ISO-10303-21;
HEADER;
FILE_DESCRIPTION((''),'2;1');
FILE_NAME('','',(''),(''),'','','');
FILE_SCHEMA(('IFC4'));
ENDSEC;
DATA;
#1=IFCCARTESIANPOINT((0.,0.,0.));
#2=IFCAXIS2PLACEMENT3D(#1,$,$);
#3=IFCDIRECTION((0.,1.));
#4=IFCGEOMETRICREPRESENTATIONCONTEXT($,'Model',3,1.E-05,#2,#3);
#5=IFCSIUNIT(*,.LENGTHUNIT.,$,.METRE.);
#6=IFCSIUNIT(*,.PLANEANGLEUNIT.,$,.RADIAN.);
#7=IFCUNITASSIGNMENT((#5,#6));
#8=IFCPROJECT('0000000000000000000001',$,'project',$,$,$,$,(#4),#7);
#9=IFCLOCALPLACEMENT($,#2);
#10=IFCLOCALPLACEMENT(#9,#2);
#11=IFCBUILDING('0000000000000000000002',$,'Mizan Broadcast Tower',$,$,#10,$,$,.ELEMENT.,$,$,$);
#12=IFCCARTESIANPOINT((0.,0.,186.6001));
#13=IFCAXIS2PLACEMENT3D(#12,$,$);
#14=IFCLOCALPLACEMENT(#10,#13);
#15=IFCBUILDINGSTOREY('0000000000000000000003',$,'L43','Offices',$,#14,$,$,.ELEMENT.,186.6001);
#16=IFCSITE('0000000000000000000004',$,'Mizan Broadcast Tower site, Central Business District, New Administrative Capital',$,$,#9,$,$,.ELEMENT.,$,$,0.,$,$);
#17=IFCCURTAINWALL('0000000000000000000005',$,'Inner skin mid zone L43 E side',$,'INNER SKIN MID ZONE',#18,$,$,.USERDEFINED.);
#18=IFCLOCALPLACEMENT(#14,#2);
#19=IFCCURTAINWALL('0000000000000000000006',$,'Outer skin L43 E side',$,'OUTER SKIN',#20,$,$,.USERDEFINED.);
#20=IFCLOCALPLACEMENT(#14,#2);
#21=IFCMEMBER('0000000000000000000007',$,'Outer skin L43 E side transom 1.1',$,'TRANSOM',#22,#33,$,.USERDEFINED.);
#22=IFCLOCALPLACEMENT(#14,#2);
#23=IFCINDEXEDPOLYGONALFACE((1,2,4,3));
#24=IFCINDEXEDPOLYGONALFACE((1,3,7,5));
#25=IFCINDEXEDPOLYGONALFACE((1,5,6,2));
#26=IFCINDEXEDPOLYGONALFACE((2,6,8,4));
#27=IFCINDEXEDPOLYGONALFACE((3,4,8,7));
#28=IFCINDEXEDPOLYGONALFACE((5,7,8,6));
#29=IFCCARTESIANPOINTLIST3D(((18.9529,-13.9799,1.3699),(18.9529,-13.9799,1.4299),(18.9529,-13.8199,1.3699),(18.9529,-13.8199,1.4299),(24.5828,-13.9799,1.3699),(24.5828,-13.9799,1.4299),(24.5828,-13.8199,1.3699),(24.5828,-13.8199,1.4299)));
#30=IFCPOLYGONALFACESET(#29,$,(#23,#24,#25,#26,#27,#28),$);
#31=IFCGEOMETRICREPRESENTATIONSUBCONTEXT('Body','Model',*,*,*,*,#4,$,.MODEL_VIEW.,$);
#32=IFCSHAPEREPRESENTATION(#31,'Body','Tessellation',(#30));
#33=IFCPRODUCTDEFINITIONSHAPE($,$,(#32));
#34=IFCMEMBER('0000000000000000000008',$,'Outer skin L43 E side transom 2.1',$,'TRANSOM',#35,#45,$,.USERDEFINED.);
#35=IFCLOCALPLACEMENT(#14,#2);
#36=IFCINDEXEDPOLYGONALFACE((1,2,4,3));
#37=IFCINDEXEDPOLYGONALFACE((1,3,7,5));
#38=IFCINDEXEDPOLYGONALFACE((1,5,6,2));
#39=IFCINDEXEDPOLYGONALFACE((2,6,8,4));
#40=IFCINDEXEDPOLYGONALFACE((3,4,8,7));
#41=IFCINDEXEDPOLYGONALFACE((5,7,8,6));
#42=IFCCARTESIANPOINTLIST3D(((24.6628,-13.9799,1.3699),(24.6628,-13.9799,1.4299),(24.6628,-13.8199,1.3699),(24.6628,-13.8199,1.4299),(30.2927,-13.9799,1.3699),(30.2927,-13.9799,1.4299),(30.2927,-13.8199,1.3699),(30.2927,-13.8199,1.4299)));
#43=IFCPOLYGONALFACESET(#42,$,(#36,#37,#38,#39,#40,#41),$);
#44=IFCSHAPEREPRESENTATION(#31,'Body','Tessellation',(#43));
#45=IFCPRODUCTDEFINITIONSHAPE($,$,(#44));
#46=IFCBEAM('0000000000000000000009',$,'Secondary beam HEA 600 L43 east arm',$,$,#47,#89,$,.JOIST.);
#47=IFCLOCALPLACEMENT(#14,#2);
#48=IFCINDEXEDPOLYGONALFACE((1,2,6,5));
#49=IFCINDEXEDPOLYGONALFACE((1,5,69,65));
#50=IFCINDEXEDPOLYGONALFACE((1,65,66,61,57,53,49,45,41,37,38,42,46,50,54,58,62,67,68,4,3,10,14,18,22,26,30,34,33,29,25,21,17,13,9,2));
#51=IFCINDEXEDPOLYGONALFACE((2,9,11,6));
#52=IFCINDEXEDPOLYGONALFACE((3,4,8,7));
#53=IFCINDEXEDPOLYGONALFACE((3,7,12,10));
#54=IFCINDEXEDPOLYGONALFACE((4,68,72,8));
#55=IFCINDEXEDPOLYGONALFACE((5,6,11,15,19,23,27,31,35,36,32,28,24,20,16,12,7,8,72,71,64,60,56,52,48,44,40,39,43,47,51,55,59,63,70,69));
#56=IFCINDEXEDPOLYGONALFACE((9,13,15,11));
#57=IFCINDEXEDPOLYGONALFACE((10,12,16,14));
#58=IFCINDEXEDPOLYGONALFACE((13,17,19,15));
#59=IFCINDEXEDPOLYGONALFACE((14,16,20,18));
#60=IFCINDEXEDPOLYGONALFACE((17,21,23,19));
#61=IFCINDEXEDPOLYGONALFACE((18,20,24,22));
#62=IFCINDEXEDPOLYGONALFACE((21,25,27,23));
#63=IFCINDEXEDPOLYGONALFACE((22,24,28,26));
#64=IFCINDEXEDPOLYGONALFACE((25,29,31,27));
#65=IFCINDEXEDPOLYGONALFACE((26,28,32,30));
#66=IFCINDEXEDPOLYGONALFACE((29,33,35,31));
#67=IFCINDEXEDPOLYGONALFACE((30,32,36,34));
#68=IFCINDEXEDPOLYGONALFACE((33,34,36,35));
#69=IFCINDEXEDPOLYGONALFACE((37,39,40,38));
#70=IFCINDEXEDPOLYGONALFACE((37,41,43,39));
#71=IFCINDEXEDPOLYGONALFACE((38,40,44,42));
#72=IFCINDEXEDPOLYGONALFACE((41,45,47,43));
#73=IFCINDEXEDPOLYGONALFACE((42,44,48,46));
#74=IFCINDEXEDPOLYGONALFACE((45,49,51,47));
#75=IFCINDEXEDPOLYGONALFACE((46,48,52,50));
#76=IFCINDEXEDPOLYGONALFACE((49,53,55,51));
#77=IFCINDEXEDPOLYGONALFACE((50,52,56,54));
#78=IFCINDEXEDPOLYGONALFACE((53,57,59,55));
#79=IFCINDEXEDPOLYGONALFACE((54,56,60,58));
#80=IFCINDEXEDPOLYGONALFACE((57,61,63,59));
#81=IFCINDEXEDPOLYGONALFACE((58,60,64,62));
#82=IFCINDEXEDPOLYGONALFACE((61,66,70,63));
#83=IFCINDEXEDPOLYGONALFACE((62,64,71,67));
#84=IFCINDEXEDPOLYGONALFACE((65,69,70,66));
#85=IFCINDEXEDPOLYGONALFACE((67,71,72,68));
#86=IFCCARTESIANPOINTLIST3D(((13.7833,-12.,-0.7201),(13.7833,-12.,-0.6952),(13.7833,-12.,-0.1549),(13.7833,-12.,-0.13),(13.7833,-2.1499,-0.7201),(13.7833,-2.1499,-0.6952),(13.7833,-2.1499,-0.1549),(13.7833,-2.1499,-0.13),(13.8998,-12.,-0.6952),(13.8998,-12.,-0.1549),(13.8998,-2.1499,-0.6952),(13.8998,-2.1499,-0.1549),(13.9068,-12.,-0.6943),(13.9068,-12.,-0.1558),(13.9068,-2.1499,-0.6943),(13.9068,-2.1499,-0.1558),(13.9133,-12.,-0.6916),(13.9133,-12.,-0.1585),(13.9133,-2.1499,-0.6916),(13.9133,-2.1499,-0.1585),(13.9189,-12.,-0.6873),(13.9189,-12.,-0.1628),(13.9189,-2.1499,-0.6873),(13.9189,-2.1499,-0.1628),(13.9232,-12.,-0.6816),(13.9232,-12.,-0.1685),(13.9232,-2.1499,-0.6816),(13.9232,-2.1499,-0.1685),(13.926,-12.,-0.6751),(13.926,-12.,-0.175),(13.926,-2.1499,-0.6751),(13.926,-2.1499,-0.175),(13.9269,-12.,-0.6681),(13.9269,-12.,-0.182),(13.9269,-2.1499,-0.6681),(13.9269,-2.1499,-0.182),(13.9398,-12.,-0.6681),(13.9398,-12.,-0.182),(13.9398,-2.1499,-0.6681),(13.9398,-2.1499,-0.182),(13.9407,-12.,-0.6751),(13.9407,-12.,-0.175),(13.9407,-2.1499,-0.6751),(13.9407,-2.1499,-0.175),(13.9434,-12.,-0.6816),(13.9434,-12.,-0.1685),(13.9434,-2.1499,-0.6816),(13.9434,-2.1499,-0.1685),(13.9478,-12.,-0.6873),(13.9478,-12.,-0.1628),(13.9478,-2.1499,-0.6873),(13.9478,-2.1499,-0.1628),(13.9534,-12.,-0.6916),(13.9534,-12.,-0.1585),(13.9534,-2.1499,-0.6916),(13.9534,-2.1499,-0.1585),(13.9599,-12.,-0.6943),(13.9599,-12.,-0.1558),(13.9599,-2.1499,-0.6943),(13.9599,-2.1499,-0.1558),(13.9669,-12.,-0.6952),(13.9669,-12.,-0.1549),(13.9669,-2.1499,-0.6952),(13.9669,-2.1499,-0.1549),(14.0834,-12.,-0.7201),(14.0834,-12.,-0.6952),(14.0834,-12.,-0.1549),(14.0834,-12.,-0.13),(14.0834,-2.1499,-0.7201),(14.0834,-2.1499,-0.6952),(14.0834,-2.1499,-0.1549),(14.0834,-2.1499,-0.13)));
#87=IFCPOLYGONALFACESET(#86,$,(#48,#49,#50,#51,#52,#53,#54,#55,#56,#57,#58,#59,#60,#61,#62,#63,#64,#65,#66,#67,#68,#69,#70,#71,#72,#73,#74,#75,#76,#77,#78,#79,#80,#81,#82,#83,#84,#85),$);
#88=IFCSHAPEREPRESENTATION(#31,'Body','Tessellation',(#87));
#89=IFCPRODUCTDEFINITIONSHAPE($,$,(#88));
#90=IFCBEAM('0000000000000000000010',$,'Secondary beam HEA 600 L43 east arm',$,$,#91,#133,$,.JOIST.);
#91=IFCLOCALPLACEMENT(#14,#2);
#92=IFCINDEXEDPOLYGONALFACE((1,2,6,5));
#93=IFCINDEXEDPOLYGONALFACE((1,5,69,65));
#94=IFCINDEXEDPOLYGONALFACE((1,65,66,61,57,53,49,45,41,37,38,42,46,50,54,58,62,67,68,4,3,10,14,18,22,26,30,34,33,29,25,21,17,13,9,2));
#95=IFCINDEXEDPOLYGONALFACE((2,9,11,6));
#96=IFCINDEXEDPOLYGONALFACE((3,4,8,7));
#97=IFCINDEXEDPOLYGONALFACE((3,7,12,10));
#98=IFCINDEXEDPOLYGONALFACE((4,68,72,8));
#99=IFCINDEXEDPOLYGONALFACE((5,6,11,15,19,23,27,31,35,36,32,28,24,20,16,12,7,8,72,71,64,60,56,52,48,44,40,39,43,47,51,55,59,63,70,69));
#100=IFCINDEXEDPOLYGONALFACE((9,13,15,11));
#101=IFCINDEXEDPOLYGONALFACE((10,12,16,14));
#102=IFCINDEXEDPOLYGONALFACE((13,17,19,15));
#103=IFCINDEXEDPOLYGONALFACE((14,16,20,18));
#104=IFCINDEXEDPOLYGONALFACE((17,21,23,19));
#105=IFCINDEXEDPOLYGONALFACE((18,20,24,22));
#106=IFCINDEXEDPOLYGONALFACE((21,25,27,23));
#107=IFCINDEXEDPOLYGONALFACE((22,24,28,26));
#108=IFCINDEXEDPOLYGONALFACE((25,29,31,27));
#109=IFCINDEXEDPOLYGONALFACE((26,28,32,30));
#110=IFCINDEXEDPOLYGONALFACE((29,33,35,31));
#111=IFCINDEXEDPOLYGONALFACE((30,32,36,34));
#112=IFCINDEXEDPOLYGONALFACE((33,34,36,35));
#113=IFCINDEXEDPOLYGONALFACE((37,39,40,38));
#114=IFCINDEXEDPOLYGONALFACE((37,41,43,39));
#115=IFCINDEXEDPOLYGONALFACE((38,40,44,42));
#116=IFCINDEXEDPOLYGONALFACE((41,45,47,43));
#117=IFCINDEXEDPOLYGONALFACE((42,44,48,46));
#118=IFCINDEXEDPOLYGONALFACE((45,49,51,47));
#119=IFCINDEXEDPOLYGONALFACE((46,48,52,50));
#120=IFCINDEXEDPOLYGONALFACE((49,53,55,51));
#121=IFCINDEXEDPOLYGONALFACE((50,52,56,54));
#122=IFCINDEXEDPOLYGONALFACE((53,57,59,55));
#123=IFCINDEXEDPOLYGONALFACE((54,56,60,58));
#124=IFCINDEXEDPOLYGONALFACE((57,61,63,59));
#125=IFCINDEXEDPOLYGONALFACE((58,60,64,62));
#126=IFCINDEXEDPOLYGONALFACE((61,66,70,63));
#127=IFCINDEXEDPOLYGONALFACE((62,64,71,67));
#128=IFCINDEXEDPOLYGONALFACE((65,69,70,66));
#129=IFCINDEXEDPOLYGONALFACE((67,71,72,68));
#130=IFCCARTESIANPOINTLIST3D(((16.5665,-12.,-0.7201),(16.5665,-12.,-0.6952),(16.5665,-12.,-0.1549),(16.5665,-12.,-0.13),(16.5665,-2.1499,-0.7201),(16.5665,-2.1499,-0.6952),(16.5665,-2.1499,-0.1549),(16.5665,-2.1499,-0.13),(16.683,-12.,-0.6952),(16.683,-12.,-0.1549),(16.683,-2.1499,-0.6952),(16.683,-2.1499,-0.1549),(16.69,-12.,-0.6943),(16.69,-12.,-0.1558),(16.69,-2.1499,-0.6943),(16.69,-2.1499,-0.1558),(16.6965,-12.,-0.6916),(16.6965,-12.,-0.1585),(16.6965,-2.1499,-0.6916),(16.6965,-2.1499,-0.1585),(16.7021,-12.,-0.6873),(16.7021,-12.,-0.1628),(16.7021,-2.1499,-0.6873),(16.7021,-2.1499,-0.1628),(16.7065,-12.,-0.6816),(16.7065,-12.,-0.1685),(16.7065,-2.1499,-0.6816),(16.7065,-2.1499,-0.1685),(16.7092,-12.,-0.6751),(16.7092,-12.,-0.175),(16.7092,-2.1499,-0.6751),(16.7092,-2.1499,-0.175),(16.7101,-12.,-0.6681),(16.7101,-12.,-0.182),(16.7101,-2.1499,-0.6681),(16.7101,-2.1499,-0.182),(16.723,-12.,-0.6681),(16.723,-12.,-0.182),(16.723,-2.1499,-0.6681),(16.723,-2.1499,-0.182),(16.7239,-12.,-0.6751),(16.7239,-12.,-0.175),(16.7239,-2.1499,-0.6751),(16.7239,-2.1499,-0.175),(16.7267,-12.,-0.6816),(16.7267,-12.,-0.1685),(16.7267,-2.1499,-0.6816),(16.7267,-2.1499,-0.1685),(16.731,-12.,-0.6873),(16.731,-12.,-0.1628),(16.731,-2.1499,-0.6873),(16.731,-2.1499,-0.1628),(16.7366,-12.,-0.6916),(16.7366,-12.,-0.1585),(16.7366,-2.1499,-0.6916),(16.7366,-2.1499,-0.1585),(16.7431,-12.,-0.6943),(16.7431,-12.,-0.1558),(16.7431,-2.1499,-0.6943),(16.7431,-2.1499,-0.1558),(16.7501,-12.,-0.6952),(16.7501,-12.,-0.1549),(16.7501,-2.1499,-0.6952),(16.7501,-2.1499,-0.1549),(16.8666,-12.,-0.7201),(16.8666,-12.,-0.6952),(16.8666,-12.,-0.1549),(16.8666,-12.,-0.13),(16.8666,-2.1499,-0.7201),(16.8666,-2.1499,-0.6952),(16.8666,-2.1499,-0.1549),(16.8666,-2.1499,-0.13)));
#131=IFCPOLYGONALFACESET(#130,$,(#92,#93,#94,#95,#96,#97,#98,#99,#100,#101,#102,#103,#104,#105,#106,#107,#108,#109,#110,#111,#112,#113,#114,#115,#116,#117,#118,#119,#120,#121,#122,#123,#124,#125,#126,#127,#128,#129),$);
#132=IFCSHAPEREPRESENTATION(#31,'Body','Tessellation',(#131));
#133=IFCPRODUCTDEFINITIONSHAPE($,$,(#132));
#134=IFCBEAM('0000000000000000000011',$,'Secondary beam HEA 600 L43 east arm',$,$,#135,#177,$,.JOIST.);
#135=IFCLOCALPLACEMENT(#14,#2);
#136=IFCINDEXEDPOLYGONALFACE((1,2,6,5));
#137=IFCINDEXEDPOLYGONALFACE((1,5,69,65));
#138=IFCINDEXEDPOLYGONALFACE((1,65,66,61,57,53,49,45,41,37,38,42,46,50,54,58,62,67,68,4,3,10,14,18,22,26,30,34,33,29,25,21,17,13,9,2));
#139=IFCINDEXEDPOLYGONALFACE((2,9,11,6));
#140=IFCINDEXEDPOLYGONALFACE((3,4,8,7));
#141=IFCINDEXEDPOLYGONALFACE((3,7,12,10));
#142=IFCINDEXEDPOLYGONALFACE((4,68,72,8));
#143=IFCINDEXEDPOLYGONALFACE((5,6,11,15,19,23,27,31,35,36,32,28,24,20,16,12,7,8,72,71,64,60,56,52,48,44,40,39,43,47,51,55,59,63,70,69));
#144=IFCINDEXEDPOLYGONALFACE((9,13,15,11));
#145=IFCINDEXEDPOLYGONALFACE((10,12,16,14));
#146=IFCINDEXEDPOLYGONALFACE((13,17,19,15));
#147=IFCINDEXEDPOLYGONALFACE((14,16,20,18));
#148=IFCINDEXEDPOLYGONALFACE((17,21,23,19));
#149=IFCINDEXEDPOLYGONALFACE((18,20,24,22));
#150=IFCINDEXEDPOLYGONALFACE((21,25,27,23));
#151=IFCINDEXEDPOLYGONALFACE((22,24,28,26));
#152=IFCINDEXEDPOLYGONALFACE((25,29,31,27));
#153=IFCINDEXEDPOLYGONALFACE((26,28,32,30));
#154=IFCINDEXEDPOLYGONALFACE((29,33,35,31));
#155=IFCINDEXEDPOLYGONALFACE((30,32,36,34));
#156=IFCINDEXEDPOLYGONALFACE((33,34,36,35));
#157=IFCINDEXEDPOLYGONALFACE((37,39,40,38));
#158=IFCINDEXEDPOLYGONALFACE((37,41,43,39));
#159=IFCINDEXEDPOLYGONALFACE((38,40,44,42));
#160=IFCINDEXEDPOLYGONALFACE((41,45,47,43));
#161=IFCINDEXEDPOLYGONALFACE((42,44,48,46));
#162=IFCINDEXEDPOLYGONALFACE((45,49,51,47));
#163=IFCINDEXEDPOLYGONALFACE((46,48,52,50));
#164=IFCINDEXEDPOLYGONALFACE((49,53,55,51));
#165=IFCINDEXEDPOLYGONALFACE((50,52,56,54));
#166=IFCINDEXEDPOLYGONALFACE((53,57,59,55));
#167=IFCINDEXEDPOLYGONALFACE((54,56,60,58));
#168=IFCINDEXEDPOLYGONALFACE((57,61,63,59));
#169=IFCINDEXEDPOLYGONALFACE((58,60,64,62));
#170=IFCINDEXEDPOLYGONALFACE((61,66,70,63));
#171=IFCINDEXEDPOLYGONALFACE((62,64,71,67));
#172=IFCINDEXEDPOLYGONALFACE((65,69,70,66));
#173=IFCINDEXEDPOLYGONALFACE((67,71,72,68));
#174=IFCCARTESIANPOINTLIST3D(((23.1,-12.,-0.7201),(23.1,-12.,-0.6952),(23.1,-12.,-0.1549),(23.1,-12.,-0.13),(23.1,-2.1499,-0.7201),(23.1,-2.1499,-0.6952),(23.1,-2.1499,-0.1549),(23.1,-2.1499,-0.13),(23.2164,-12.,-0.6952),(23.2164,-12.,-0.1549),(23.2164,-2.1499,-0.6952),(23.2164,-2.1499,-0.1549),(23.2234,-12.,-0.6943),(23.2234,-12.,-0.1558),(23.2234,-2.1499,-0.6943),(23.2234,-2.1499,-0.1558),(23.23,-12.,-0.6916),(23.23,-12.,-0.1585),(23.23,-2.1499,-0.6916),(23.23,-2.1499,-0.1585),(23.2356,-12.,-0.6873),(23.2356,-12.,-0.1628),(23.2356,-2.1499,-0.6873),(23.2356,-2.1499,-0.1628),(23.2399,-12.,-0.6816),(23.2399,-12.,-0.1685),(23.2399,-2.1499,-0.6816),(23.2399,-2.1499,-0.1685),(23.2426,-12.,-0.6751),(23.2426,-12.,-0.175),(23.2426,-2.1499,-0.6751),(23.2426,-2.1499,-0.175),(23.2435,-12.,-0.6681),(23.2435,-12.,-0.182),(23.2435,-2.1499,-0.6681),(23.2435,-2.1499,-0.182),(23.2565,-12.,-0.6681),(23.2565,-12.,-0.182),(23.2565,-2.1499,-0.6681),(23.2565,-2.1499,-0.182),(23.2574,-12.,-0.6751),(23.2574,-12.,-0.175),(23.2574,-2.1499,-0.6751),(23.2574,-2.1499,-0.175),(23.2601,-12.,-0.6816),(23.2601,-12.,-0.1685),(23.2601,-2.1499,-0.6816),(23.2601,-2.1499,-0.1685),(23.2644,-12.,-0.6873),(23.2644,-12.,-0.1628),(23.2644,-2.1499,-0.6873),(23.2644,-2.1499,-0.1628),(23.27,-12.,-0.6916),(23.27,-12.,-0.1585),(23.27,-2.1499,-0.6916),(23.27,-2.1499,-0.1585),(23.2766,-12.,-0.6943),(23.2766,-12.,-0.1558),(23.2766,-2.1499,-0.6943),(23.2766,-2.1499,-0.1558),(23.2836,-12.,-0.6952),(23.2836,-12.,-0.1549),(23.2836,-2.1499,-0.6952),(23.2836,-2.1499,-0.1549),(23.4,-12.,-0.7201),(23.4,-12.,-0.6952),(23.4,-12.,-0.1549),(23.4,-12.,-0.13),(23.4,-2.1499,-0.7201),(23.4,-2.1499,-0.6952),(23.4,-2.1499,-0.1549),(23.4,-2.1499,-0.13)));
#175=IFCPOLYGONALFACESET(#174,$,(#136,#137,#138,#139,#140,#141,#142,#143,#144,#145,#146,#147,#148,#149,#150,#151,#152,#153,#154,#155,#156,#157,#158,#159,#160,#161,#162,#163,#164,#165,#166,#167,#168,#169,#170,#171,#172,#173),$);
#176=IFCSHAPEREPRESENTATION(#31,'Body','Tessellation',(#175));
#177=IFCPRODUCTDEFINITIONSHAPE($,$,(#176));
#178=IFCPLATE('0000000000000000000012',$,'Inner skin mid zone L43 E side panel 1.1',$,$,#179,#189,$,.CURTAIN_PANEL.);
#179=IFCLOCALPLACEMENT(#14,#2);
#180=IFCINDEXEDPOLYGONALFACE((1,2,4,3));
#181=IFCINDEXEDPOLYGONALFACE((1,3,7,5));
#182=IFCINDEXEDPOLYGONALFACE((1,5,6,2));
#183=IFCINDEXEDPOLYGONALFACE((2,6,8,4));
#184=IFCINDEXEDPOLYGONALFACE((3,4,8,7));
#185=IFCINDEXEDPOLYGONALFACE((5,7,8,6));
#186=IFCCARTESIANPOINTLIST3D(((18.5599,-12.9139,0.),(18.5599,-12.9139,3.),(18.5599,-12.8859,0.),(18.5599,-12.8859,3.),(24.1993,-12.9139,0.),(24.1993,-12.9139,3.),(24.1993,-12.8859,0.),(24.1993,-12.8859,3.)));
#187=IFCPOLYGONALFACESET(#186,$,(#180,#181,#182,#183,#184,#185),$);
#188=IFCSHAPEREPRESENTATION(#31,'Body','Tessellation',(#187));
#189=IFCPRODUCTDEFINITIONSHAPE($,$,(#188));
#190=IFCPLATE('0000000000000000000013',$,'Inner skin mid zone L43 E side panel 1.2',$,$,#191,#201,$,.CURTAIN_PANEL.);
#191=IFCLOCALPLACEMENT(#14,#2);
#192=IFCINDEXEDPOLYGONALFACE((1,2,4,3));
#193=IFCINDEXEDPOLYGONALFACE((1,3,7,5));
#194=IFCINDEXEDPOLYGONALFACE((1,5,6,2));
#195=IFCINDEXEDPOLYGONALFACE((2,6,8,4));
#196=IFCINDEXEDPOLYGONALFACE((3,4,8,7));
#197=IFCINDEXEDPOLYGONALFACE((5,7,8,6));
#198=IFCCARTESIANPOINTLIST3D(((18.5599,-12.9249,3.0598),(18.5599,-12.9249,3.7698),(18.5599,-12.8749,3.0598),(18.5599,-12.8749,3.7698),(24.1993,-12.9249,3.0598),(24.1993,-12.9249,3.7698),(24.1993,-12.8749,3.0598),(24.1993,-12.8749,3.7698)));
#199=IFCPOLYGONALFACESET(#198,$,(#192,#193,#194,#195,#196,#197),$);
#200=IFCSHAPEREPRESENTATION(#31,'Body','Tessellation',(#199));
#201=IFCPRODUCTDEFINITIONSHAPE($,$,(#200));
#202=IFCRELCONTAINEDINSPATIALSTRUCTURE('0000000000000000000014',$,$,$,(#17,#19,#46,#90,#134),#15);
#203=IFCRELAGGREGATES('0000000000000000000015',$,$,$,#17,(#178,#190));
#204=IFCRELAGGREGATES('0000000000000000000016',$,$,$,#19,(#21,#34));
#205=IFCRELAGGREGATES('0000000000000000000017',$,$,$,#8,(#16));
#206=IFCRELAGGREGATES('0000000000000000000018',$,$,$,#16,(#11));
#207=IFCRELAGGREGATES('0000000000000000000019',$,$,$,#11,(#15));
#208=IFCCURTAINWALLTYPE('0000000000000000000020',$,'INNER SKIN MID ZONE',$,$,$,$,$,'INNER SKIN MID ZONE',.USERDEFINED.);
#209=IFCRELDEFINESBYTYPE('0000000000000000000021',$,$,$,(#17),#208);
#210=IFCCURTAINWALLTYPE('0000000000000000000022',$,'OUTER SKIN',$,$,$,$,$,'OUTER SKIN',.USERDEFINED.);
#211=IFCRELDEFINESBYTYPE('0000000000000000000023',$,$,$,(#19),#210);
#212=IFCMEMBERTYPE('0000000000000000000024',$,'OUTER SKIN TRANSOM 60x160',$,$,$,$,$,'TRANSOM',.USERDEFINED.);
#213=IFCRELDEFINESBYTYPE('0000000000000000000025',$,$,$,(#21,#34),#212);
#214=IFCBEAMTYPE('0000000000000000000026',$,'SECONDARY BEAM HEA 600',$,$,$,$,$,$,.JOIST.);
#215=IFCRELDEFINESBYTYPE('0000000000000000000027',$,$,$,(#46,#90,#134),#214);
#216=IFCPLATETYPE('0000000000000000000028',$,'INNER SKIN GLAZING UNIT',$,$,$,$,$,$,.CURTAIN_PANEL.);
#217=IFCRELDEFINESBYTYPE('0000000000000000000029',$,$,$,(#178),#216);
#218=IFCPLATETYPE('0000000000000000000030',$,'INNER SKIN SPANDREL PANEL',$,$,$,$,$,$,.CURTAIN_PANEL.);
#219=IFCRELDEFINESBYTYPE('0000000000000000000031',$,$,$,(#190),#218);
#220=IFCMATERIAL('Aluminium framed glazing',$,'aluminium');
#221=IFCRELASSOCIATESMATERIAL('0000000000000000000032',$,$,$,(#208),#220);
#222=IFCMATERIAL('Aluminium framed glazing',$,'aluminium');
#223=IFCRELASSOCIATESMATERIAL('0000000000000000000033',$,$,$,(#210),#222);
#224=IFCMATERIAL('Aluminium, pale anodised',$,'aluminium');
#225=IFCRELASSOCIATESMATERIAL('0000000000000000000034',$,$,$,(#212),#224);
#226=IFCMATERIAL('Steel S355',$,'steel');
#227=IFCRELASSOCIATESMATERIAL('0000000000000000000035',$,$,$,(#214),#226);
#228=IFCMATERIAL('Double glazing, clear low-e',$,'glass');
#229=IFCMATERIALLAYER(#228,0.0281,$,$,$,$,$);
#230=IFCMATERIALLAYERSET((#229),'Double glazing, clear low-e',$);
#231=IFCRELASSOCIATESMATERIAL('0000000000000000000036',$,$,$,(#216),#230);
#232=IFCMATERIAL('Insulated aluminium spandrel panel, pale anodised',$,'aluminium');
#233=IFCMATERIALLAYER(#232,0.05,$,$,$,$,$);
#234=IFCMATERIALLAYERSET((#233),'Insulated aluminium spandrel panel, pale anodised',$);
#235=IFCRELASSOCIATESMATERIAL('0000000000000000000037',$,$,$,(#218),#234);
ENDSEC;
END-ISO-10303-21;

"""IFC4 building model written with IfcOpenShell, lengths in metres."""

from ifc_helpers import new_model, si_unit, direction, frame, origin, origin_2d, place, context, subcontext, project, spatial, rectangle, i_section, extrude, material, layer, layer_set, material_profile, profile_set, type_object, element, aggregate, save


model = new_model("IFC4")

# Units and contexts
model_context = context("Model", 3, precision=1e-05, world=origin(), true_north=direction((0.0, 1.0)))
body_context = subcontext(model_context, "Body", "Model", "MODEL_VIEW")
ifc_project = project(units=[si_unit("LENGTHUNIT", "METRE"), si_unit("PLANEANGLEUNIT", "RADIAN")], contexts=[model_context])

# Site, building, storey
site_placement = place(None, origin())
site = spatial("IfcSite", under=ifc_project, at=site_placement, Name="Mizan Broadcast Tower site, Central Business District, New Administrative Capital", CompositionType="ELEMENT", RefElevation=0.0)
building_placement = place(site_placement, origin())
building = spatial("IfcBuilding", under=site, at=building_placement, Name="Mizan Broadcast Tower", CompositionType="ELEMENT")
storey_placement = place(building_placement, frame((0.0, 0.0, 186.6001)))
storey = spatial("IfcBuildingStorey", under=building, at=storey_placement, Name="L43", Description="Offices", CompositionType="ELEMENT", Elevation=186.6001)

# Curtain wall
ifc_material_1 = material(Name="Aluminium framed glazing", Category="aluminium")
curtain_wall_type_1 = type_object("IfcCurtainWallType", Name="INNER SKIN MID ZONE", ElementType="INNER SKIN MID ZONE", PredefinedType="USERDEFINED", material=ifc_material_1)
curtain_wall_1_placement = place(storey_placement, origin())
curtain_wall_1 = element("IfcCurtainWall", 1, at=curtain_wall_1_placement, inside=storey, type_object=curtain_wall_type_1, Name="Inner skin mid zone L43 E side", ObjectType="INNER SKIN MID ZONE", PredefinedType="USERDEFINED")

# Curtain wall
ifc_material_2 = material(Name="Aluminium framed glazing", Category="aluminium")
curtain_wall_type_2 = type_object("IfcCurtainWallType", Name="OUTER SKIN", ElementType="OUTER SKIN", PredefinedType="USERDEFINED", material=ifc_material_2)
curtain_wall_2_placement = place(storey_placement, origin())
curtain_wall_2 = element("IfcCurtainWall", 2, at=curtain_wall_2_placement, inside=storey, type_object=curtain_wall_type_2, Name="Outer skin L43 E side", ObjectType="OUTER SKIN", PredefinedType="USERDEFINED")

# Members
ifc_material_3 = material(Name="Aluminium, pale anodised", Category="aluminium")
ifc_material_profile_1 = material_profile(ifc_material_3, rectangle(XDim=0.1599, YDim=0.0601, at=origin_2d()), Name="TRANSOM 160x60")
ifc_profile_set_1 = profile_set([ifc_material_profile_1], Name="Aluminium, pale anodised")
member_type_1 = type_object("IfcMemberType", Name="OUTER SKIN TRANSOM 60x160", ElementType="TRANSOM", PredefinedType="USERDEFINED", material=ifc_profile_set_1)
member_1_placement = place(storey_placement, frame((18.9529, -13.8999, 1.3999), z_axis=(1.0, 0.0, 0.0), x_axis=(0.0, 1.0, 0.0)))
member_1 = element("IfcMember", 3, at=member_1_placement, type_object=member_type_1, Name="Outer skin L43 E side transom 1.1", ObjectType="TRANSOM", PredefinedType="USERDEFINED", context=body_context, shape_type="SweptSolid", body=[
    extrude(rectangle(XDim=0.1599, YDim=0.0601, at=origin_2d()), origin(), (0.0, 0.0, 1.0), 5.6299),
])
member_2_placement = place(storey_placement, frame((24.6628, -13.8999, 1.3999), z_axis=(1.0, 0.0, 0.0), x_axis=(0.0, 1.0, 0.0)))
member_2 = element("IfcMember", 4, at=member_2_placement, type_object=member_type_1, Name="Outer skin L43 E side transom 2.1", ObjectType="TRANSOM", PredefinedType="USERDEFINED", context=body_context, shape_type="SweptSolid", body=[
    extrude(rectangle(XDim=0.1599, YDim=0.0601, at=origin_2d()), origin(), (0.0, 0.0, 1.0), 5.6299),
])

# Beams
ifc_material_4 = material(Name="Steel S355", Category="steel")
ifc_material_profile_2 = material_profile(ifc_material_4, i_section(OverallWidth=0.3, OverallDepth=0.5901, WebThickness=0.0129, FlangeThickness=0.0249, FilletRadius=0.0271, at=origin_2d()), Name="HEA 600")
ifc_profile_set_2 = profile_set([ifc_material_profile_2], Name="Steel S355")
beam_type_1 = type_object("IfcBeamType", Name="SECONDARY BEAM HEA 600", PredefinedType="JOIST", material=ifc_profile_set_2)
for number, where, z_axis, x_axis, name in (
    (5, (13.9333, -12.0, -0.425), (0.0, 1.0, 0.0), (-1.0, 0.0, 0.0), "Secondary beam HEA 600 L43 east arm"),
    (6, (16.7166, -12.0, -0.425), (0.0, 1.0, 0.0), (-1.0, 0.0, 0.0), "Secondary beam HEA 600 L43 east arm"),
    (7, (23.25, -12.0, -0.425), (0.0, 1.0, 0.0), (-1.0, 0.0, 0.0), "Secondary beam HEA 600 L43 east arm"),
):
    element("IfcBeam", number, at=place(storey_placement, frame(where, z_axis=z_axis, x_axis=x_axis)), inside=storey, type_object=beam_type_1, Name=name, PredefinedType="JOIST", context=body_context, shape_type="SweptSolid", body=[
        extrude(i_section(OverallWidth=0.3, OverallDepth=0.5901, WebThickness=0.0129, FlangeThickness=0.0249, FilletRadius=0.0271, at=origin_2d()), origin(), (0.0, 0.0, 1.0), 9.8501),
    ])

# Plates
ifc_material_5 = material(Name="Double glazing, clear low-e", Category="glass")
ifc_layer_1 = layer(ifc_material_5, 0.0281)
ifc_layer_set_1 = layer_set([ifc_layer_1], Name="Double glazing, clear low-e")
plate_type_1 = type_object("IfcPlateType", Name="INNER SKIN GLAZING UNIT", PredefinedType="CURTAIN_PANEL", material=ifc_layer_set_1)
plate_1_placement = place(storey_placement, frame((21.3796, -12.8999, 0.0), z_axis=(0.0, 0.0, 1.0), x_axis=(1.0, 0.0, 0.0)))
plate_1 = element("IfcPlate", 8, at=plate_1_placement, type_object=plate_type_1, Name="Inner skin mid zone L43 E side panel 1.1", PredefinedType="CURTAIN_PANEL", context=body_context, shape_type="SweptSolid", body=[
    extrude(rectangle(XDim=5.6394, YDim=0.0281, at=origin_2d()), origin(), (0.0, 0.0, 1.0), 3.0),
])
ifc_material_6 = material(Name="Insulated aluminium spandrel panel, pale anodised", Category="aluminium")
ifc_layer_2 = layer(ifc_material_6, 0.05)
ifc_layer_set_2 = layer_set([ifc_layer_2], Name="Insulated aluminium spandrel panel, pale anodised")
plate_type_2 = type_object("IfcPlateType", Name="INNER SKIN SPANDREL PANEL", PredefinedType="CURTAIN_PANEL", material=ifc_layer_set_2)
plate_2_placement = place(storey_placement, frame((21.3796, -12.8999, 3.0598), z_axis=(0.0, 0.0, 1.0), x_axis=(1.0, 0.0, 0.0)))
plate_2 = element("IfcPlate", 9, at=plate_2_placement, type_object=plate_type_2, Name="Inner skin mid zone L43 E side panel 1.2", PredefinedType="CURTAIN_PANEL", context=body_context, shape_type="SweptSolid", body=[
    extrude(rectangle(XDim=5.6394, YDim=0.05, at=origin_2d()), origin(), (0.0, 0.0, 1.0), 0.71),
])
aggregate(curtain_wall_1, [plate_1, plate_2])
aggregate(curtain_wall_2, [member_1, member_2])

save(model, "model.ifc")
